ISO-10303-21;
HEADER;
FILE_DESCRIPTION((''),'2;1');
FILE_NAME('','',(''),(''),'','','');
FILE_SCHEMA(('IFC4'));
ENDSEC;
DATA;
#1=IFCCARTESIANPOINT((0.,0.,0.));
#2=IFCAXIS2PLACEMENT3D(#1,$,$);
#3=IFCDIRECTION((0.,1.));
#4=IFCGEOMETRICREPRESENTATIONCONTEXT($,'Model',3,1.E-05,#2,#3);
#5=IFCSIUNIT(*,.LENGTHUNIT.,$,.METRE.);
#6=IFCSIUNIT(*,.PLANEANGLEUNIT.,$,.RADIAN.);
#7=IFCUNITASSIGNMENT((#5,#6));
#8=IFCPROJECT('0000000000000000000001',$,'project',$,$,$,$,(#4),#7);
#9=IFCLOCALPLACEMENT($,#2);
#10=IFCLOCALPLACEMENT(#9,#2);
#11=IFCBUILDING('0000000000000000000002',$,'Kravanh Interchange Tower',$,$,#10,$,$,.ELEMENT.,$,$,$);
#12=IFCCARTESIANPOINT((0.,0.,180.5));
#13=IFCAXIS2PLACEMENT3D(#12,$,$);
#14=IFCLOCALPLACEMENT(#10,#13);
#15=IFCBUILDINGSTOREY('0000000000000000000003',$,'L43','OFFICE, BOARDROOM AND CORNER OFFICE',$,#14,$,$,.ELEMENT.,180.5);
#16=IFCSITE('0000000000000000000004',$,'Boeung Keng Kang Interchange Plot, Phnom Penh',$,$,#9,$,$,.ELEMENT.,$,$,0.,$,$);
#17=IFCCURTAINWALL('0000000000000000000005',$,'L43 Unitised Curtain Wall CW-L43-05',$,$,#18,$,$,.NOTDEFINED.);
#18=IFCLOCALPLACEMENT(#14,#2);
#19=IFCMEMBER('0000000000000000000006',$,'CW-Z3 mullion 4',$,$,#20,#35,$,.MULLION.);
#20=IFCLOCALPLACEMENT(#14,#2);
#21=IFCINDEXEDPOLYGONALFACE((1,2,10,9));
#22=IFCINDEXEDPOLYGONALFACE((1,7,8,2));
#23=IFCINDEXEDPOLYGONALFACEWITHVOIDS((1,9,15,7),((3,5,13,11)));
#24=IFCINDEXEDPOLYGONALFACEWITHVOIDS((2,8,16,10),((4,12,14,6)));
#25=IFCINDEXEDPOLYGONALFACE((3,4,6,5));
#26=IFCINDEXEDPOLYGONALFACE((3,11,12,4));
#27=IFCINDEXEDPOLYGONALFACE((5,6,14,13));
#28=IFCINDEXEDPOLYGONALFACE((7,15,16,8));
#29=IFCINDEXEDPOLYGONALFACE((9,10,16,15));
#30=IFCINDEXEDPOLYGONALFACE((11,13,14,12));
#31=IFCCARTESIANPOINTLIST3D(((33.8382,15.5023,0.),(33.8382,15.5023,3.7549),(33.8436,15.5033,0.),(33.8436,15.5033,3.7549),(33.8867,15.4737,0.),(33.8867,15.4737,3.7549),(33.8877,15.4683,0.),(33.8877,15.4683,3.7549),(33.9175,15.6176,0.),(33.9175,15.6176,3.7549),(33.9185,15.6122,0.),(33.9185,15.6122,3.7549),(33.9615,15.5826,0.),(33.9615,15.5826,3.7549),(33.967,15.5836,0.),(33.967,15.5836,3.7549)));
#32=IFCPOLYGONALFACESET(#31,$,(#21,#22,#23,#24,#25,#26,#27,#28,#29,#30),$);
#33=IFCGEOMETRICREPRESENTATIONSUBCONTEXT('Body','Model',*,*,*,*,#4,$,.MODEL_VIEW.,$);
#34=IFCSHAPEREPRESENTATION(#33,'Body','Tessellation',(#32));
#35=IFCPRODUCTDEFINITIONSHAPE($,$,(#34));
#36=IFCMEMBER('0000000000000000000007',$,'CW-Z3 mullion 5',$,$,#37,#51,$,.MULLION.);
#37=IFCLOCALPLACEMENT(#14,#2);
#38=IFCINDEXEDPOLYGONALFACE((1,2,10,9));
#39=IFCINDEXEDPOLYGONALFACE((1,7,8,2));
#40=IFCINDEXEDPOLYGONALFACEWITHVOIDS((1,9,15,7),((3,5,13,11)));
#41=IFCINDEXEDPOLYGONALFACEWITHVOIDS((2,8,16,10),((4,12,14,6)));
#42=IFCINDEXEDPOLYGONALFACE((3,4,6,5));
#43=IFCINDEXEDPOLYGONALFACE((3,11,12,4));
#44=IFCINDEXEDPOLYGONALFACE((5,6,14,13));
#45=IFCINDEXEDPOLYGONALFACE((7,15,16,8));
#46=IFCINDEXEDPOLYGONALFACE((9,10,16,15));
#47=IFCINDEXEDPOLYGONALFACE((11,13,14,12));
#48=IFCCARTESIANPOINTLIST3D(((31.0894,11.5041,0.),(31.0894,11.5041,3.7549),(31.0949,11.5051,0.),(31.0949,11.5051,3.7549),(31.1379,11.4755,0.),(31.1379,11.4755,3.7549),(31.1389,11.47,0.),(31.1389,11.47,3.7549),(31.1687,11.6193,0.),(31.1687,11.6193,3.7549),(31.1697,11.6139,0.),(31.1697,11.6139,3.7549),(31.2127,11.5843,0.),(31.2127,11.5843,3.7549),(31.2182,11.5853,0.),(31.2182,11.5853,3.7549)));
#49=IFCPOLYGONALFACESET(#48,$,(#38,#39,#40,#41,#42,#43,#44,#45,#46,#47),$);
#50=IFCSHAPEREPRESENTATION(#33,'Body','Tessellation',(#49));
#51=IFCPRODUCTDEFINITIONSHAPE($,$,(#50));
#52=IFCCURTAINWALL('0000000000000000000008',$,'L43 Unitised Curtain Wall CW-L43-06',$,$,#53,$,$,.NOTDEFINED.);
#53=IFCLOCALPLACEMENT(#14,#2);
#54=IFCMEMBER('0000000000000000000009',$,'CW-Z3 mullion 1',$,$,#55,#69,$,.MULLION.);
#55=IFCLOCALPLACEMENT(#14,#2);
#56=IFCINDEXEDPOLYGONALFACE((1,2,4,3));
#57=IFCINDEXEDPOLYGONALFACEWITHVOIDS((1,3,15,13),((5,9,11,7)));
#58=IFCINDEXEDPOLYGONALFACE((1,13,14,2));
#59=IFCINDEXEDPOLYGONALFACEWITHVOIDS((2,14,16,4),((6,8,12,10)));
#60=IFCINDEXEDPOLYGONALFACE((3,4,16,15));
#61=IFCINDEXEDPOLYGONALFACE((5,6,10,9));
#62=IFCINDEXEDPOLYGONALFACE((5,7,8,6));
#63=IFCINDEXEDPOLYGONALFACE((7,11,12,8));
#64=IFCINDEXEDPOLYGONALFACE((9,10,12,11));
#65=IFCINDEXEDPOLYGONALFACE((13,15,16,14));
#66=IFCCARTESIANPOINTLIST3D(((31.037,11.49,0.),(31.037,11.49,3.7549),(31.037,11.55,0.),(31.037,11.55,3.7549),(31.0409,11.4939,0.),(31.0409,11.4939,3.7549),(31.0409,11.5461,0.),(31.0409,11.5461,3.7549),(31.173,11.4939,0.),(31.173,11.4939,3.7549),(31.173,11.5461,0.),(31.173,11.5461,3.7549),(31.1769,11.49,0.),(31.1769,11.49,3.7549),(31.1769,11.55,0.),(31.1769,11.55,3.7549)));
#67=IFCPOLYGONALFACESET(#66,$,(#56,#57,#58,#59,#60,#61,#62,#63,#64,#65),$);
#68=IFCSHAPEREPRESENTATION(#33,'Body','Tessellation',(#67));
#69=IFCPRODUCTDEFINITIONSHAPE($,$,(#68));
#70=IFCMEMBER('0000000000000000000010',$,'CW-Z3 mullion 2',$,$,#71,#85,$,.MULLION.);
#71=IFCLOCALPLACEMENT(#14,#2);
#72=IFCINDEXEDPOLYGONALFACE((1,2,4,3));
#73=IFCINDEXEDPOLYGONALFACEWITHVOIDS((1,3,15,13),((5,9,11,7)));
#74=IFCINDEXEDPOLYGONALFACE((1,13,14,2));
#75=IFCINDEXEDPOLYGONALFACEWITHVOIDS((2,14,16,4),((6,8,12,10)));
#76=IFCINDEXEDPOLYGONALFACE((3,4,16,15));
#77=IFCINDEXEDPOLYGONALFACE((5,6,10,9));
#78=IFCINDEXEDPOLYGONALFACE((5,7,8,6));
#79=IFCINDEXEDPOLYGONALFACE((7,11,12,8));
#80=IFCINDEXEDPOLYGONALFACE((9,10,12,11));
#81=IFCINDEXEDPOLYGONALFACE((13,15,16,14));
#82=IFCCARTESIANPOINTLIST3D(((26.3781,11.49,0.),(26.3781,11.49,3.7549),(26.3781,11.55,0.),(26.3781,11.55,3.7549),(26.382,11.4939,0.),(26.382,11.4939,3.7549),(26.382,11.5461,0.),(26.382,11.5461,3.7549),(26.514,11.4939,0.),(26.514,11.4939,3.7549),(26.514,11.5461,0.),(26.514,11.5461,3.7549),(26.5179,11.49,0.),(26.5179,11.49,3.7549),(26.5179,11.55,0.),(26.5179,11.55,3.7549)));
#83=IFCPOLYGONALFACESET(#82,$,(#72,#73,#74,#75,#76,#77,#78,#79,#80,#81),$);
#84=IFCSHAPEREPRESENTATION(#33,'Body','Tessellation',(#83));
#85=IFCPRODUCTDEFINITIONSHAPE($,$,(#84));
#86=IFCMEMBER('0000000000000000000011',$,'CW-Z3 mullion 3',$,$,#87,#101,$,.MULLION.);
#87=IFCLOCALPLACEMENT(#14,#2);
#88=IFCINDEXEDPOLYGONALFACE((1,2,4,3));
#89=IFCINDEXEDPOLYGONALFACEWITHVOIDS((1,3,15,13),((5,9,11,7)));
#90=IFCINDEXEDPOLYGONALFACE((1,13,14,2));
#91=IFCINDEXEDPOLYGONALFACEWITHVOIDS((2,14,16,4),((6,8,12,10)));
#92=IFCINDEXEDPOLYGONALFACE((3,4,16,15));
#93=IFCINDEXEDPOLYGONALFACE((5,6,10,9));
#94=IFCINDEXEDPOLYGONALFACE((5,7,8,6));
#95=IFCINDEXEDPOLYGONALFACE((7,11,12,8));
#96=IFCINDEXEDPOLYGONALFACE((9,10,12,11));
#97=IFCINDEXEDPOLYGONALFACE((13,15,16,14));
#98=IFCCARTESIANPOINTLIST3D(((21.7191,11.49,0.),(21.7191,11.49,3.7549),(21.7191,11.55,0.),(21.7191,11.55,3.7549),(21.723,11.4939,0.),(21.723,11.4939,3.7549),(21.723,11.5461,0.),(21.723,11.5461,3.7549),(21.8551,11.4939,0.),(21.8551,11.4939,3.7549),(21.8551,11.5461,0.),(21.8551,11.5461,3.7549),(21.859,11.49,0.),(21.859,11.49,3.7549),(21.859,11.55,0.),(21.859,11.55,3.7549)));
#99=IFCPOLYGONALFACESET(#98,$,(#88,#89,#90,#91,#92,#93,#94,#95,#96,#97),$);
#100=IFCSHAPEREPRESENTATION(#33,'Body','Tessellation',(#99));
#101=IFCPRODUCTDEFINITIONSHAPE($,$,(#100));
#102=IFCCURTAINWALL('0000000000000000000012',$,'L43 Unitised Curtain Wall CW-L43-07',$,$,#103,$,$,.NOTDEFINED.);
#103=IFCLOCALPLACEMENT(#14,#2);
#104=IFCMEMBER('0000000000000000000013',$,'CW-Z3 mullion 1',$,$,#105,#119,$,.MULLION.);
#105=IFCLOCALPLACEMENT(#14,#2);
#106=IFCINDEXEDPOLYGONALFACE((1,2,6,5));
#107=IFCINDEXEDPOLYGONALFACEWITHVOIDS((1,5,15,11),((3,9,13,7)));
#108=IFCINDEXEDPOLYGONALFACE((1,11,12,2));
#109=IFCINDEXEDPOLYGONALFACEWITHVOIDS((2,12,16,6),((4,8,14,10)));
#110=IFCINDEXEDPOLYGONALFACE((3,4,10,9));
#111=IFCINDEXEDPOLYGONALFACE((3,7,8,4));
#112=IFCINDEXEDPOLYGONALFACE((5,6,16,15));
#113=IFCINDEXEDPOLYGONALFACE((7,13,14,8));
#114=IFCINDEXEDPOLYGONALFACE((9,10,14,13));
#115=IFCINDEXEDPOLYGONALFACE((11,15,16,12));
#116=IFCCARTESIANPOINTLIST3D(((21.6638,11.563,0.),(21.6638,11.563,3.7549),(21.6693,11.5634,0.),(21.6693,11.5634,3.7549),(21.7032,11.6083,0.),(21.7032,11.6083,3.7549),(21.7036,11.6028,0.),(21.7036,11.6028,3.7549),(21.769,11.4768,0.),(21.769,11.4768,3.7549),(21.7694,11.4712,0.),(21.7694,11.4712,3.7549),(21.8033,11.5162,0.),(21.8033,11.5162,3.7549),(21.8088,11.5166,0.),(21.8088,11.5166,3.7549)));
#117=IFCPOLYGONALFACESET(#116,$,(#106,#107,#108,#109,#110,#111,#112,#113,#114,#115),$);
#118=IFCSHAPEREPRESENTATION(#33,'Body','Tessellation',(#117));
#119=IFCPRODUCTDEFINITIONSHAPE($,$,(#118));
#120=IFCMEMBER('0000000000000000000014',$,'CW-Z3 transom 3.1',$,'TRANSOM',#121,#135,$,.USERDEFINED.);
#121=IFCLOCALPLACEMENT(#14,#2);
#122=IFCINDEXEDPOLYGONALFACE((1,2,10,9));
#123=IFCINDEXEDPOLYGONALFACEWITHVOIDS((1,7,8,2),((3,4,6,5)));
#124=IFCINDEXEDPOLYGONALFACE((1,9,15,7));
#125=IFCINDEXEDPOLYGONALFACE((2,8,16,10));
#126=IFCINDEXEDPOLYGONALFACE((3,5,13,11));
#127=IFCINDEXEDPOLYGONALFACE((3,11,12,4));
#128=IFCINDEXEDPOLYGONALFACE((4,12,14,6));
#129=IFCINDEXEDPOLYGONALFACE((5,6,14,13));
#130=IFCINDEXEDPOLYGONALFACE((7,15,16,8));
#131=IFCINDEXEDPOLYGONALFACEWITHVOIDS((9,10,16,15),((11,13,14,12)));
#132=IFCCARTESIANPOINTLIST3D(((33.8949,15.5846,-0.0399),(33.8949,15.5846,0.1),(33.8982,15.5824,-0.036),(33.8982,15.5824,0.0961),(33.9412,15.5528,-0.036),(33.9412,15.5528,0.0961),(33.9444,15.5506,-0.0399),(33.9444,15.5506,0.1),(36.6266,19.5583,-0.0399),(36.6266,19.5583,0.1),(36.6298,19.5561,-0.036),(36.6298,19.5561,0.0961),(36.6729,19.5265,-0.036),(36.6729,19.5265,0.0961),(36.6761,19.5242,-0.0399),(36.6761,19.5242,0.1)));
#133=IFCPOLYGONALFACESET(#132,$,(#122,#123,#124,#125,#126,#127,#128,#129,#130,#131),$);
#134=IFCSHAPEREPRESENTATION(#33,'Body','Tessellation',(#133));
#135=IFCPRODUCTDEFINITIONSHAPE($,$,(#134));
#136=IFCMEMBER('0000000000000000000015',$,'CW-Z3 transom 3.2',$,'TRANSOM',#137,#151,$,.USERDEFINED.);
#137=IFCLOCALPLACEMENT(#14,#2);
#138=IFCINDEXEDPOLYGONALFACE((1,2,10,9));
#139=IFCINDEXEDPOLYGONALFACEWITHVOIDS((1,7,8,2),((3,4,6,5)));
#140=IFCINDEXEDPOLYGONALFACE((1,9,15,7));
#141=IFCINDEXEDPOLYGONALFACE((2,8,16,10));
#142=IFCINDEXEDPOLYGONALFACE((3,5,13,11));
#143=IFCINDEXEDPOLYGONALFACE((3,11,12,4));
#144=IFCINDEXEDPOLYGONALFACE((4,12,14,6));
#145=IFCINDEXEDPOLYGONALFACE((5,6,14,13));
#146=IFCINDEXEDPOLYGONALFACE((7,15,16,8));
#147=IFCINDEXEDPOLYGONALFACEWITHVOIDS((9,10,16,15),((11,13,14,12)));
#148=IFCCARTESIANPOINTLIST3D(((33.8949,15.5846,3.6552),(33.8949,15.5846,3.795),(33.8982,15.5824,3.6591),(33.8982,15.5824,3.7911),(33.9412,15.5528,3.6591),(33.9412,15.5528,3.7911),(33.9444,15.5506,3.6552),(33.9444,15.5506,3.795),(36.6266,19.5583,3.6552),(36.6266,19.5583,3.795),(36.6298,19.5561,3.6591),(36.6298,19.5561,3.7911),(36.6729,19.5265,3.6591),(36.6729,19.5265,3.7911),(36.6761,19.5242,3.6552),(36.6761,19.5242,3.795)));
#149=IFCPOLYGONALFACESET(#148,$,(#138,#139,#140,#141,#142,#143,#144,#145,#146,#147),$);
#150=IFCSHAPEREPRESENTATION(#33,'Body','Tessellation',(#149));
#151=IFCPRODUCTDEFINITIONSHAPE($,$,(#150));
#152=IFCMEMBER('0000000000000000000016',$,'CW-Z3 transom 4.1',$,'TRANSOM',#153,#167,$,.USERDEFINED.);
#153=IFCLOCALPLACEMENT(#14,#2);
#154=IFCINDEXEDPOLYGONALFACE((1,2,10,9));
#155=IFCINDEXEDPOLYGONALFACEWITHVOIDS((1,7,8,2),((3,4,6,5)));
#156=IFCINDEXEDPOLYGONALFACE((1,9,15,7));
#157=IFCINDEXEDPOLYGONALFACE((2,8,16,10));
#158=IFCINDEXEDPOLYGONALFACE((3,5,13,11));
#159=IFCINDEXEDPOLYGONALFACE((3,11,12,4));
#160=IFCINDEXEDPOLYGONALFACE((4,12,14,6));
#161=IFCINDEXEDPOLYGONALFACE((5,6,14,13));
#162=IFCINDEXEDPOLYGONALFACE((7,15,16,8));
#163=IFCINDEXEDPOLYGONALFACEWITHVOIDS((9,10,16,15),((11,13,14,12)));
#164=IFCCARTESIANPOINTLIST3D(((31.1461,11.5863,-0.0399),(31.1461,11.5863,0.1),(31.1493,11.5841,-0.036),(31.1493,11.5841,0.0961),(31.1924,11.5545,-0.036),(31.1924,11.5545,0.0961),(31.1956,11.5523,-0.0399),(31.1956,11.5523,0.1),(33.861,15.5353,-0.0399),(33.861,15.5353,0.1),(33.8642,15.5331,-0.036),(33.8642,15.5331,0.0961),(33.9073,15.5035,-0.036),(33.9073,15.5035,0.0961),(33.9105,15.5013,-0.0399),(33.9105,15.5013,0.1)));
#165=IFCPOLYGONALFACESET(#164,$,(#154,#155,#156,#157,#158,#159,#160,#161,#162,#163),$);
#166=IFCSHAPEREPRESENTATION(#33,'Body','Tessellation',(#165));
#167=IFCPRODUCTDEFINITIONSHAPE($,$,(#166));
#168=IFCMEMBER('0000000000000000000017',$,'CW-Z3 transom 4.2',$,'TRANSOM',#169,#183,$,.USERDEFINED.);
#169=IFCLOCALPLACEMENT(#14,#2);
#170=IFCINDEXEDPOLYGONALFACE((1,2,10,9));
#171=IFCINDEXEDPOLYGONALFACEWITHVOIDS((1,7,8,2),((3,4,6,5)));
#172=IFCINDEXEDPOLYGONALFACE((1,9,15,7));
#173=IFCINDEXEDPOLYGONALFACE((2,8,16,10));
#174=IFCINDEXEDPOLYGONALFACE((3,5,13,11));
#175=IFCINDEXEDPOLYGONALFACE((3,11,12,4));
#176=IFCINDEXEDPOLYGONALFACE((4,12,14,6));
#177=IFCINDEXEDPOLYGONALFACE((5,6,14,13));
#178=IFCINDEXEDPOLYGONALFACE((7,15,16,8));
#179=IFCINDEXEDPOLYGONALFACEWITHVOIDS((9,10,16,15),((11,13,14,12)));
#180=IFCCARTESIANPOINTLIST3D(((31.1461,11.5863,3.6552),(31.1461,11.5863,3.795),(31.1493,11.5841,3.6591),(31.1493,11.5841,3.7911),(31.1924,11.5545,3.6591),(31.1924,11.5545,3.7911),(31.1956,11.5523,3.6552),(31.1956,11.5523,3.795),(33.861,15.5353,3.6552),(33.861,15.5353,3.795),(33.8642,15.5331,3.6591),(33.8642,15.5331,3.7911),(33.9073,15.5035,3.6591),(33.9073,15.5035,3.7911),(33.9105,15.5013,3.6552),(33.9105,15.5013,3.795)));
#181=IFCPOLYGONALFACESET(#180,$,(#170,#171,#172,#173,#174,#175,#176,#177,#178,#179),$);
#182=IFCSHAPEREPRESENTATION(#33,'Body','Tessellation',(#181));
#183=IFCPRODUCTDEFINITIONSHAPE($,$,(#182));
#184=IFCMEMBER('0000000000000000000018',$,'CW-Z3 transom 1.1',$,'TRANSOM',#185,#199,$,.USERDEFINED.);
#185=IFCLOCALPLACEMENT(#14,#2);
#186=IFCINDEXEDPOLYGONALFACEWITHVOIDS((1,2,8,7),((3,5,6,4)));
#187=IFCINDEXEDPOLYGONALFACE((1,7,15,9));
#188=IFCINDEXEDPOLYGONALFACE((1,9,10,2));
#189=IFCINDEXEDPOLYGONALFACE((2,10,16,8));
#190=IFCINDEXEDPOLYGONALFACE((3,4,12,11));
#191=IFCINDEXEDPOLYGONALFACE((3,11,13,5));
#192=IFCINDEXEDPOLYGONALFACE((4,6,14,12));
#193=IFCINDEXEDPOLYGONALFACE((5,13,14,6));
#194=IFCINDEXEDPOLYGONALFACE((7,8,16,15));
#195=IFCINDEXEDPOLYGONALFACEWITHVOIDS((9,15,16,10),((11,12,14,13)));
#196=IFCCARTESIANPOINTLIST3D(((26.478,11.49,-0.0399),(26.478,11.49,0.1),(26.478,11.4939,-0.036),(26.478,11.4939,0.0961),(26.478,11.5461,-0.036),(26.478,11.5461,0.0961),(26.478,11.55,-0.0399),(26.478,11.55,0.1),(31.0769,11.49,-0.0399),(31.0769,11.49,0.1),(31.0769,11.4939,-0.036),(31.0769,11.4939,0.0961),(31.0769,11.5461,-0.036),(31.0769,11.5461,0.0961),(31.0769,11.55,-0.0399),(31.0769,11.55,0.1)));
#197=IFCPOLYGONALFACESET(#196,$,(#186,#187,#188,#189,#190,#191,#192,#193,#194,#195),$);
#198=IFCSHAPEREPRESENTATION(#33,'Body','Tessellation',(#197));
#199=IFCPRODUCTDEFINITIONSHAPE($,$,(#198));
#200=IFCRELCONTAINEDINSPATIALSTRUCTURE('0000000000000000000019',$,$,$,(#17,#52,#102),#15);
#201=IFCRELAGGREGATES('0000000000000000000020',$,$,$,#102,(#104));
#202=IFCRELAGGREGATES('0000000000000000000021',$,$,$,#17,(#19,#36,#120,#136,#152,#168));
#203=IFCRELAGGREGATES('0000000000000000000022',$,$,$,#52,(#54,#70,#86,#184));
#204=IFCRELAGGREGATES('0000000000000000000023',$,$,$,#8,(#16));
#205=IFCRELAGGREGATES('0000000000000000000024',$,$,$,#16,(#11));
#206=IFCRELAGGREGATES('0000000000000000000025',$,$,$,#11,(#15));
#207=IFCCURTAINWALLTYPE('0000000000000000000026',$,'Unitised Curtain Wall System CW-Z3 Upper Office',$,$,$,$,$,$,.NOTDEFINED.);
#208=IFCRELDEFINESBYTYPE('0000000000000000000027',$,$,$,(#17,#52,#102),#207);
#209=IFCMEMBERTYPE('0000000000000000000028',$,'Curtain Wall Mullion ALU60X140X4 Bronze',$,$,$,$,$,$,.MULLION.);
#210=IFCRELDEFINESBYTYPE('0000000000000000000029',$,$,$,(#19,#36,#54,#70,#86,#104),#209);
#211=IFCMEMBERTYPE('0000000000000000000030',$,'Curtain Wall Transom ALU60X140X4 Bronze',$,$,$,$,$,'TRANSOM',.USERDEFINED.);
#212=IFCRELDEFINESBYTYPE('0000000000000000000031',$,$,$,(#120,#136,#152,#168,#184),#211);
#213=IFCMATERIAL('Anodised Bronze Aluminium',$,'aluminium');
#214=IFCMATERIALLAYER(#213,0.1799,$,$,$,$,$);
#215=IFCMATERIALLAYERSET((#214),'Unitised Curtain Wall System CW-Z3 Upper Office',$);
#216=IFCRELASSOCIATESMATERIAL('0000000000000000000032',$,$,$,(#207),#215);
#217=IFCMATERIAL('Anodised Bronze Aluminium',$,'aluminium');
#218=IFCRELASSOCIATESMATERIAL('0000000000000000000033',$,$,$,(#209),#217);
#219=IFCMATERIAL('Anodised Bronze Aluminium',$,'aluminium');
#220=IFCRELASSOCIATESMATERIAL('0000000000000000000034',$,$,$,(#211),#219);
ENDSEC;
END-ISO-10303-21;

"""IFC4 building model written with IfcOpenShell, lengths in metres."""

from ifc_helpers import new_model, si_unit, direction, frame, origin, origin_2d, place, context, subcontext, project, spatial, hollow_rectangle, extrude, material, layer, layer_set, material_profile, profile_set, type_object, element, aggregate, save


model = new_model("IFC4")

# Units and contexts
model_context = context("Model", 3, precision=1e-05, world=origin(), true_north=direction((0.0, 1.0)))
body_context = subcontext(model_context, "Body", "Model", "MODEL_VIEW")
ifc_project = project(units=[si_unit("LENGTHUNIT", "METRE"), si_unit("PLANEANGLEUNIT", "RADIAN")], contexts=[model_context])

# Site, building, storey
site_placement = place(None, origin())
site = spatial("IfcSite", under=ifc_project, at=site_placement, Name="Boeung Keng Kang Interchange Plot, Phnom Penh", CompositionType="ELEMENT", RefElevation=0.0)
building_placement = place(site_placement, origin())
building = spatial("IfcBuilding", under=site, at=building_placement, Name="Kravanh Interchange Tower", CompositionType="ELEMENT")
storey_placement = place(building_placement, frame((0.0, 0.0, 180.5)))
storey = spatial("IfcBuildingStorey", under=building, at=storey_placement, Name="L43", Description="OFFICE, BOARDROOM AND CORNER OFFICE", CompositionType="ELEMENT", Elevation=180.5)

# Curtain walls, members
ifc_material_1 = material(Name="Anodised Bronze Aluminium", Category="aluminium")
ifc_layer_1 = layer(ifc_material_1, 0.1799)
ifc_layer_set_1 = layer_set([ifc_layer_1], Name="Unitised Curtain Wall System CW-Z3 Upper Office")
curtain_wall_type = type_object("IfcCurtainWallType", Name="Unitised Curtain Wall System CW-Z3 Upper Office", PredefinedType="NOTDEFINED", material=ifc_layer_set_1)
curtain_wall_1_placement = place(storey_placement, origin())
curtain_wall_1 = element("IfcCurtainWall", 1, at=curtain_wall_1_placement, inside=storey, type_object=curtain_wall_type, Name="L43 Unitised Curtain Wall CW-L43-05", PredefinedType="NOTDEFINED")
ifc_material_2 = material(Name="Anodised Bronze Aluminium", Category="aluminium")
ifc_material_profile_1 = material_profile(ifc_material_2, hollow_rectangle(XDim=0.0601, YDim=0.1399, WallThickness=0.0039, at=origin_2d()), Name="ALU60X140X4")
ifc_profile_set_1 = profile_set([ifc_material_profile_1], Name="Anodised Bronze Aluminium")
member_type_1 = type_object("IfcMemberType", Name="Curtain Wall Mullion ALU60X140X4 Bronze", PredefinedType="MULLION", material=ifc_profile_set_1)
member_1_placement = place(storey_placement, frame((33.9026, 15.543, 0.0), z_axis=(0.0, 0.0, 1.0), x_axis=(0.824042, -0.566528, 0.0)))
member_1 = element("IfcMember", 2, at=member_1_placement, type_object=member_type_1, Name="CW-Z3 mullion 4", PredefinedType="MULLION", context=body_context, shape_type="SweptSolid", body=[
    extrude(hollow_rectangle(XDim=0.0601, YDim=0.1399, WallThickness=0.0039, at=origin_2d()), origin(), (0.0, 0.0, 1.0), 3.7549),
])
member_2_placement = place(storey_placement, frame((31.1538, 11.5447, 0.0), z_axis=(0.0, 0.0, 1.0), x_axis=(0.824042, -0.566528, 0.0)))
member_2 = element("IfcMember", 3, at=member_2_placement, type_object=member_type_1, Name="CW-Z3 mullion 5", PredefinedType="MULLION", context=body_context, shape_type="SweptSolid", body=[
    extrude(hollow_rectangle(XDim=0.0601, YDim=0.1399, WallThickness=0.0039, at=origin_2d()), origin(), (0.0, 0.0, 1.0), 3.7549),
])
curtain_wall_2_placement = place(storey_placement, origin())
curtain_wall_2 = element("IfcCurtainWall", 4, at=curtain_wall_2_placement, inside=storey, type_object=curtain_wall_type, Name="L43 Unitised Curtain Wall CW-L43-06", PredefinedType="NOTDEFINED")
member_3_placement = place(storey_placement, frame((31.1069, 11.52, 0.0), z_axis=(0.0, 0.0, 1.0), x_axis=(0.0, -1.0, 0.0)))
member_3 = element("IfcMember", 5, at=member_3_placement, type_object=member_type_1, Name="CW-Z3 mullion 1", PredefinedType="MULLION", context=body_context, shape_type="SweptSolid", body=[
    extrude(hollow_rectangle(XDim=0.0601, YDim=0.1399, WallThickness=0.0039, at=origin_2d()), origin(), (0.0, 0.0, 1.0), 3.7549),
])
member_4_placement = place(storey_placement, frame((26.448, 11.52, 0.0), z_axis=(0.0, 0.0, 1.0), x_axis=(0.0, -1.0, 0.0)))
member_4 = element("IfcMember", 6, at=member_4_placement, type_object=member_type_1, Name="CW-Z3 mullion 2", PredefinedType="MULLION", context=body_context, shape_type="SweptSolid", body=[
    extrude(hollow_rectangle(XDim=0.0601, YDim=0.1399, WallThickness=0.0039, at=origin_2d()), origin(), (0.0, 0.0, 1.0), 3.7549),
])
member_5_placement = place(storey_placement, frame((21.7891, 11.52, 0.0), z_axis=(0.0, 0.0, 1.0), x_axis=(0.0, -1.0, 0.0)))
member_5 = element("IfcMember", 7, at=member_5_placement, type_object=member_type_1, Name="CW-Z3 mullion 3", PredefinedType="MULLION", context=body_context, shape_type="SweptSolid", body=[
    extrude(hollow_rectangle(XDim=0.0601, YDim=0.1399, WallThickness=0.0039, at=origin_2d()), origin(), (0.0, 0.0, 1.0), 3.7549),
])

# Curtain wall, member
curtain_wall_3_placement = place(storey_placement, origin())
curtain_wall_3 = element("IfcCurtainWall", 8, at=curtain_wall_3_placement, inside=storey, type_object=curtain_wall_type, Name="L43 Unitised Curtain Wall CW-L43-07", PredefinedType="NOTDEFINED")
member_6_placement = place(storey_placement, frame((21.7363, 11.5398, 0.0), z_axis=(0.0, 0.0, 1.0), x_axis=(-0.656051, -0.754717, 0.0)))
member_6 = element("IfcMember", 9, at=member_6_placement, type_object=member_type_1, Name="CW-Z3 mullion 1", PredefinedType="MULLION", context=body_context, shape_type="SweptSolid", body=[
    extrude(hollow_rectangle(XDim=0.0601, YDim=0.1399, WallThickness=0.0039, at=origin_2d()), origin(), (0.0, 0.0, 1.0), 3.7549),
])

# Members
ifc_material_3 = material(Name="Anodised Bronze Aluminium", Category="aluminium")
ifc_material_profile_2 = material_profile(ifc_material_3, hollow_rectangle(XDim=0.0601, YDim=0.1399, WallThickness=0.0039, at=origin_2d()), Name="ALU60X140X4")
ifc_profile_set_2 = profile_set([ifc_material_profile_2], Name="Anodised Bronze Aluminium")
member_type_2 = type_object("IfcMemberType", Name="Curtain Wall Transom ALU60X140X4 Bronze", ElementType="TRANSOM", PredefinedType="USERDEFINED", material=ifc_profile_set_2)
member_7_placement = place(storey_placement, frame((36.6514, 19.5413, 0.03), z_axis=(-0.566503, -0.82406, 0.0), x_axis=(0.82406, -0.566503, 0.0)))
member_7 = element("IfcMember", 10, at=member_7_placement, type_object=member_type_2, Name="CW-Z3 transom 3.1", ObjectType="TRANSOM", PredefinedType="USERDEFINED", context=body_context, shape_type="SweptSolid", body=[
    extrude(hollow_rectangle(XDim=0.0601, YDim=0.1399, WallThickness=0.0039, at=origin_2d()), origin(), (0.0, 0.0, 1.0), 4.822),
])
member_8_placement = place(storey_placement, frame((36.6514, 19.5413, 3.7251), z_axis=(-0.566503, -0.82406, 0.0), x_axis=(0.82406, -0.566503, 0.0)))
member_8 = element("IfcMember", 11, at=member_8_placement, type_object=member_type_2, Name="CW-Z3 transom 3.2", ObjectType="TRANSOM", PredefinedType="USERDEFINED", context=body_context, shape_type="SweptSolid", body=[
    extrude(hollow_rectangle(XDim=0.0601, YDim=0.1399, WallThickness=0.0039, at=origin_2d()), origin(), (0.0, 0.0, 1.0), 4.822),
])
member_9_placement = place(storey_placement, frame((33.8857, 15.5183, 0.03), z_axis=(-0.566518, -0.824049, 0.0), x_axis=(0.824049, -0.566518, 0.0)))
member_9 = element("IfcMember", 12, at=member_9_placement, type_object=member_type_2, Name="CW-Z3 transom 4.1", ObjectType="TRANSOM", PredefinedType="USERDEFINED", context=body_context, shape_type="SweptSolid", body=[
    extrude(hollow_rectangle(XDim=0.0601, YDim=0.1399, WallThickness=0.0039, at=origin_2d()), origin(), (0.0, 0.0, 1.0), 4.7922),
])
member_10_placement = place(storey_placement, frame((33.8857, 15.5183, 3.7251), z_axis=(-0.566518, -0.824049, 0.0), x_axis=(0.824049, -0.566518, 0.0)))
member_10 = element("IfcMember", 13, at=member_10_placement, type_object=member_type_2, Name="CW-Z3 transom 4.2", ObjectType="TRANSOM", PredefinedType="USERDEFINED", context=body_context, shape_type="SweptSolid", body=[
    extrude(hollow_rectangle(XDim=0.0601, YDim=0.1399, WallThickness=0.0039, at=origin_2d()), origin(), (0.0, 0.0, 1.0), 4.7922),
])
member_11_placement = place(storey_placement, frame((31.0769, 11.52, 0.03), z_axis=(-1.0, 0.0, 0.0), x_axis=(0.0, -1.0, 0.0)))
member_11 = element("IfcMember", 14, at=member_11_placement, type_object=member_type_2, Name="CW-Z3 transom 1.1", ObjectType="TRANSOM", PredefinedType="USERDEFINED", context=body_context, shape_type="SweptSolid", body=[
    extrude(hollow_rectangle(XDim=0.0601, YDim=0.1399, WallThickness=0.0039, at=origin_2d()), origin(), (0.0, 0.0, 1.0), 4.5989),
])
aggregate(curtain_wall_3, [member_6])

aggregate(curtain_wall_1, [member_1, member_2, member_7, member_8, member_9, member_10])
aggregate(curtain_wall_2, [member_3, member_4, member_5, member_11])

save(model, "model.ifc")
